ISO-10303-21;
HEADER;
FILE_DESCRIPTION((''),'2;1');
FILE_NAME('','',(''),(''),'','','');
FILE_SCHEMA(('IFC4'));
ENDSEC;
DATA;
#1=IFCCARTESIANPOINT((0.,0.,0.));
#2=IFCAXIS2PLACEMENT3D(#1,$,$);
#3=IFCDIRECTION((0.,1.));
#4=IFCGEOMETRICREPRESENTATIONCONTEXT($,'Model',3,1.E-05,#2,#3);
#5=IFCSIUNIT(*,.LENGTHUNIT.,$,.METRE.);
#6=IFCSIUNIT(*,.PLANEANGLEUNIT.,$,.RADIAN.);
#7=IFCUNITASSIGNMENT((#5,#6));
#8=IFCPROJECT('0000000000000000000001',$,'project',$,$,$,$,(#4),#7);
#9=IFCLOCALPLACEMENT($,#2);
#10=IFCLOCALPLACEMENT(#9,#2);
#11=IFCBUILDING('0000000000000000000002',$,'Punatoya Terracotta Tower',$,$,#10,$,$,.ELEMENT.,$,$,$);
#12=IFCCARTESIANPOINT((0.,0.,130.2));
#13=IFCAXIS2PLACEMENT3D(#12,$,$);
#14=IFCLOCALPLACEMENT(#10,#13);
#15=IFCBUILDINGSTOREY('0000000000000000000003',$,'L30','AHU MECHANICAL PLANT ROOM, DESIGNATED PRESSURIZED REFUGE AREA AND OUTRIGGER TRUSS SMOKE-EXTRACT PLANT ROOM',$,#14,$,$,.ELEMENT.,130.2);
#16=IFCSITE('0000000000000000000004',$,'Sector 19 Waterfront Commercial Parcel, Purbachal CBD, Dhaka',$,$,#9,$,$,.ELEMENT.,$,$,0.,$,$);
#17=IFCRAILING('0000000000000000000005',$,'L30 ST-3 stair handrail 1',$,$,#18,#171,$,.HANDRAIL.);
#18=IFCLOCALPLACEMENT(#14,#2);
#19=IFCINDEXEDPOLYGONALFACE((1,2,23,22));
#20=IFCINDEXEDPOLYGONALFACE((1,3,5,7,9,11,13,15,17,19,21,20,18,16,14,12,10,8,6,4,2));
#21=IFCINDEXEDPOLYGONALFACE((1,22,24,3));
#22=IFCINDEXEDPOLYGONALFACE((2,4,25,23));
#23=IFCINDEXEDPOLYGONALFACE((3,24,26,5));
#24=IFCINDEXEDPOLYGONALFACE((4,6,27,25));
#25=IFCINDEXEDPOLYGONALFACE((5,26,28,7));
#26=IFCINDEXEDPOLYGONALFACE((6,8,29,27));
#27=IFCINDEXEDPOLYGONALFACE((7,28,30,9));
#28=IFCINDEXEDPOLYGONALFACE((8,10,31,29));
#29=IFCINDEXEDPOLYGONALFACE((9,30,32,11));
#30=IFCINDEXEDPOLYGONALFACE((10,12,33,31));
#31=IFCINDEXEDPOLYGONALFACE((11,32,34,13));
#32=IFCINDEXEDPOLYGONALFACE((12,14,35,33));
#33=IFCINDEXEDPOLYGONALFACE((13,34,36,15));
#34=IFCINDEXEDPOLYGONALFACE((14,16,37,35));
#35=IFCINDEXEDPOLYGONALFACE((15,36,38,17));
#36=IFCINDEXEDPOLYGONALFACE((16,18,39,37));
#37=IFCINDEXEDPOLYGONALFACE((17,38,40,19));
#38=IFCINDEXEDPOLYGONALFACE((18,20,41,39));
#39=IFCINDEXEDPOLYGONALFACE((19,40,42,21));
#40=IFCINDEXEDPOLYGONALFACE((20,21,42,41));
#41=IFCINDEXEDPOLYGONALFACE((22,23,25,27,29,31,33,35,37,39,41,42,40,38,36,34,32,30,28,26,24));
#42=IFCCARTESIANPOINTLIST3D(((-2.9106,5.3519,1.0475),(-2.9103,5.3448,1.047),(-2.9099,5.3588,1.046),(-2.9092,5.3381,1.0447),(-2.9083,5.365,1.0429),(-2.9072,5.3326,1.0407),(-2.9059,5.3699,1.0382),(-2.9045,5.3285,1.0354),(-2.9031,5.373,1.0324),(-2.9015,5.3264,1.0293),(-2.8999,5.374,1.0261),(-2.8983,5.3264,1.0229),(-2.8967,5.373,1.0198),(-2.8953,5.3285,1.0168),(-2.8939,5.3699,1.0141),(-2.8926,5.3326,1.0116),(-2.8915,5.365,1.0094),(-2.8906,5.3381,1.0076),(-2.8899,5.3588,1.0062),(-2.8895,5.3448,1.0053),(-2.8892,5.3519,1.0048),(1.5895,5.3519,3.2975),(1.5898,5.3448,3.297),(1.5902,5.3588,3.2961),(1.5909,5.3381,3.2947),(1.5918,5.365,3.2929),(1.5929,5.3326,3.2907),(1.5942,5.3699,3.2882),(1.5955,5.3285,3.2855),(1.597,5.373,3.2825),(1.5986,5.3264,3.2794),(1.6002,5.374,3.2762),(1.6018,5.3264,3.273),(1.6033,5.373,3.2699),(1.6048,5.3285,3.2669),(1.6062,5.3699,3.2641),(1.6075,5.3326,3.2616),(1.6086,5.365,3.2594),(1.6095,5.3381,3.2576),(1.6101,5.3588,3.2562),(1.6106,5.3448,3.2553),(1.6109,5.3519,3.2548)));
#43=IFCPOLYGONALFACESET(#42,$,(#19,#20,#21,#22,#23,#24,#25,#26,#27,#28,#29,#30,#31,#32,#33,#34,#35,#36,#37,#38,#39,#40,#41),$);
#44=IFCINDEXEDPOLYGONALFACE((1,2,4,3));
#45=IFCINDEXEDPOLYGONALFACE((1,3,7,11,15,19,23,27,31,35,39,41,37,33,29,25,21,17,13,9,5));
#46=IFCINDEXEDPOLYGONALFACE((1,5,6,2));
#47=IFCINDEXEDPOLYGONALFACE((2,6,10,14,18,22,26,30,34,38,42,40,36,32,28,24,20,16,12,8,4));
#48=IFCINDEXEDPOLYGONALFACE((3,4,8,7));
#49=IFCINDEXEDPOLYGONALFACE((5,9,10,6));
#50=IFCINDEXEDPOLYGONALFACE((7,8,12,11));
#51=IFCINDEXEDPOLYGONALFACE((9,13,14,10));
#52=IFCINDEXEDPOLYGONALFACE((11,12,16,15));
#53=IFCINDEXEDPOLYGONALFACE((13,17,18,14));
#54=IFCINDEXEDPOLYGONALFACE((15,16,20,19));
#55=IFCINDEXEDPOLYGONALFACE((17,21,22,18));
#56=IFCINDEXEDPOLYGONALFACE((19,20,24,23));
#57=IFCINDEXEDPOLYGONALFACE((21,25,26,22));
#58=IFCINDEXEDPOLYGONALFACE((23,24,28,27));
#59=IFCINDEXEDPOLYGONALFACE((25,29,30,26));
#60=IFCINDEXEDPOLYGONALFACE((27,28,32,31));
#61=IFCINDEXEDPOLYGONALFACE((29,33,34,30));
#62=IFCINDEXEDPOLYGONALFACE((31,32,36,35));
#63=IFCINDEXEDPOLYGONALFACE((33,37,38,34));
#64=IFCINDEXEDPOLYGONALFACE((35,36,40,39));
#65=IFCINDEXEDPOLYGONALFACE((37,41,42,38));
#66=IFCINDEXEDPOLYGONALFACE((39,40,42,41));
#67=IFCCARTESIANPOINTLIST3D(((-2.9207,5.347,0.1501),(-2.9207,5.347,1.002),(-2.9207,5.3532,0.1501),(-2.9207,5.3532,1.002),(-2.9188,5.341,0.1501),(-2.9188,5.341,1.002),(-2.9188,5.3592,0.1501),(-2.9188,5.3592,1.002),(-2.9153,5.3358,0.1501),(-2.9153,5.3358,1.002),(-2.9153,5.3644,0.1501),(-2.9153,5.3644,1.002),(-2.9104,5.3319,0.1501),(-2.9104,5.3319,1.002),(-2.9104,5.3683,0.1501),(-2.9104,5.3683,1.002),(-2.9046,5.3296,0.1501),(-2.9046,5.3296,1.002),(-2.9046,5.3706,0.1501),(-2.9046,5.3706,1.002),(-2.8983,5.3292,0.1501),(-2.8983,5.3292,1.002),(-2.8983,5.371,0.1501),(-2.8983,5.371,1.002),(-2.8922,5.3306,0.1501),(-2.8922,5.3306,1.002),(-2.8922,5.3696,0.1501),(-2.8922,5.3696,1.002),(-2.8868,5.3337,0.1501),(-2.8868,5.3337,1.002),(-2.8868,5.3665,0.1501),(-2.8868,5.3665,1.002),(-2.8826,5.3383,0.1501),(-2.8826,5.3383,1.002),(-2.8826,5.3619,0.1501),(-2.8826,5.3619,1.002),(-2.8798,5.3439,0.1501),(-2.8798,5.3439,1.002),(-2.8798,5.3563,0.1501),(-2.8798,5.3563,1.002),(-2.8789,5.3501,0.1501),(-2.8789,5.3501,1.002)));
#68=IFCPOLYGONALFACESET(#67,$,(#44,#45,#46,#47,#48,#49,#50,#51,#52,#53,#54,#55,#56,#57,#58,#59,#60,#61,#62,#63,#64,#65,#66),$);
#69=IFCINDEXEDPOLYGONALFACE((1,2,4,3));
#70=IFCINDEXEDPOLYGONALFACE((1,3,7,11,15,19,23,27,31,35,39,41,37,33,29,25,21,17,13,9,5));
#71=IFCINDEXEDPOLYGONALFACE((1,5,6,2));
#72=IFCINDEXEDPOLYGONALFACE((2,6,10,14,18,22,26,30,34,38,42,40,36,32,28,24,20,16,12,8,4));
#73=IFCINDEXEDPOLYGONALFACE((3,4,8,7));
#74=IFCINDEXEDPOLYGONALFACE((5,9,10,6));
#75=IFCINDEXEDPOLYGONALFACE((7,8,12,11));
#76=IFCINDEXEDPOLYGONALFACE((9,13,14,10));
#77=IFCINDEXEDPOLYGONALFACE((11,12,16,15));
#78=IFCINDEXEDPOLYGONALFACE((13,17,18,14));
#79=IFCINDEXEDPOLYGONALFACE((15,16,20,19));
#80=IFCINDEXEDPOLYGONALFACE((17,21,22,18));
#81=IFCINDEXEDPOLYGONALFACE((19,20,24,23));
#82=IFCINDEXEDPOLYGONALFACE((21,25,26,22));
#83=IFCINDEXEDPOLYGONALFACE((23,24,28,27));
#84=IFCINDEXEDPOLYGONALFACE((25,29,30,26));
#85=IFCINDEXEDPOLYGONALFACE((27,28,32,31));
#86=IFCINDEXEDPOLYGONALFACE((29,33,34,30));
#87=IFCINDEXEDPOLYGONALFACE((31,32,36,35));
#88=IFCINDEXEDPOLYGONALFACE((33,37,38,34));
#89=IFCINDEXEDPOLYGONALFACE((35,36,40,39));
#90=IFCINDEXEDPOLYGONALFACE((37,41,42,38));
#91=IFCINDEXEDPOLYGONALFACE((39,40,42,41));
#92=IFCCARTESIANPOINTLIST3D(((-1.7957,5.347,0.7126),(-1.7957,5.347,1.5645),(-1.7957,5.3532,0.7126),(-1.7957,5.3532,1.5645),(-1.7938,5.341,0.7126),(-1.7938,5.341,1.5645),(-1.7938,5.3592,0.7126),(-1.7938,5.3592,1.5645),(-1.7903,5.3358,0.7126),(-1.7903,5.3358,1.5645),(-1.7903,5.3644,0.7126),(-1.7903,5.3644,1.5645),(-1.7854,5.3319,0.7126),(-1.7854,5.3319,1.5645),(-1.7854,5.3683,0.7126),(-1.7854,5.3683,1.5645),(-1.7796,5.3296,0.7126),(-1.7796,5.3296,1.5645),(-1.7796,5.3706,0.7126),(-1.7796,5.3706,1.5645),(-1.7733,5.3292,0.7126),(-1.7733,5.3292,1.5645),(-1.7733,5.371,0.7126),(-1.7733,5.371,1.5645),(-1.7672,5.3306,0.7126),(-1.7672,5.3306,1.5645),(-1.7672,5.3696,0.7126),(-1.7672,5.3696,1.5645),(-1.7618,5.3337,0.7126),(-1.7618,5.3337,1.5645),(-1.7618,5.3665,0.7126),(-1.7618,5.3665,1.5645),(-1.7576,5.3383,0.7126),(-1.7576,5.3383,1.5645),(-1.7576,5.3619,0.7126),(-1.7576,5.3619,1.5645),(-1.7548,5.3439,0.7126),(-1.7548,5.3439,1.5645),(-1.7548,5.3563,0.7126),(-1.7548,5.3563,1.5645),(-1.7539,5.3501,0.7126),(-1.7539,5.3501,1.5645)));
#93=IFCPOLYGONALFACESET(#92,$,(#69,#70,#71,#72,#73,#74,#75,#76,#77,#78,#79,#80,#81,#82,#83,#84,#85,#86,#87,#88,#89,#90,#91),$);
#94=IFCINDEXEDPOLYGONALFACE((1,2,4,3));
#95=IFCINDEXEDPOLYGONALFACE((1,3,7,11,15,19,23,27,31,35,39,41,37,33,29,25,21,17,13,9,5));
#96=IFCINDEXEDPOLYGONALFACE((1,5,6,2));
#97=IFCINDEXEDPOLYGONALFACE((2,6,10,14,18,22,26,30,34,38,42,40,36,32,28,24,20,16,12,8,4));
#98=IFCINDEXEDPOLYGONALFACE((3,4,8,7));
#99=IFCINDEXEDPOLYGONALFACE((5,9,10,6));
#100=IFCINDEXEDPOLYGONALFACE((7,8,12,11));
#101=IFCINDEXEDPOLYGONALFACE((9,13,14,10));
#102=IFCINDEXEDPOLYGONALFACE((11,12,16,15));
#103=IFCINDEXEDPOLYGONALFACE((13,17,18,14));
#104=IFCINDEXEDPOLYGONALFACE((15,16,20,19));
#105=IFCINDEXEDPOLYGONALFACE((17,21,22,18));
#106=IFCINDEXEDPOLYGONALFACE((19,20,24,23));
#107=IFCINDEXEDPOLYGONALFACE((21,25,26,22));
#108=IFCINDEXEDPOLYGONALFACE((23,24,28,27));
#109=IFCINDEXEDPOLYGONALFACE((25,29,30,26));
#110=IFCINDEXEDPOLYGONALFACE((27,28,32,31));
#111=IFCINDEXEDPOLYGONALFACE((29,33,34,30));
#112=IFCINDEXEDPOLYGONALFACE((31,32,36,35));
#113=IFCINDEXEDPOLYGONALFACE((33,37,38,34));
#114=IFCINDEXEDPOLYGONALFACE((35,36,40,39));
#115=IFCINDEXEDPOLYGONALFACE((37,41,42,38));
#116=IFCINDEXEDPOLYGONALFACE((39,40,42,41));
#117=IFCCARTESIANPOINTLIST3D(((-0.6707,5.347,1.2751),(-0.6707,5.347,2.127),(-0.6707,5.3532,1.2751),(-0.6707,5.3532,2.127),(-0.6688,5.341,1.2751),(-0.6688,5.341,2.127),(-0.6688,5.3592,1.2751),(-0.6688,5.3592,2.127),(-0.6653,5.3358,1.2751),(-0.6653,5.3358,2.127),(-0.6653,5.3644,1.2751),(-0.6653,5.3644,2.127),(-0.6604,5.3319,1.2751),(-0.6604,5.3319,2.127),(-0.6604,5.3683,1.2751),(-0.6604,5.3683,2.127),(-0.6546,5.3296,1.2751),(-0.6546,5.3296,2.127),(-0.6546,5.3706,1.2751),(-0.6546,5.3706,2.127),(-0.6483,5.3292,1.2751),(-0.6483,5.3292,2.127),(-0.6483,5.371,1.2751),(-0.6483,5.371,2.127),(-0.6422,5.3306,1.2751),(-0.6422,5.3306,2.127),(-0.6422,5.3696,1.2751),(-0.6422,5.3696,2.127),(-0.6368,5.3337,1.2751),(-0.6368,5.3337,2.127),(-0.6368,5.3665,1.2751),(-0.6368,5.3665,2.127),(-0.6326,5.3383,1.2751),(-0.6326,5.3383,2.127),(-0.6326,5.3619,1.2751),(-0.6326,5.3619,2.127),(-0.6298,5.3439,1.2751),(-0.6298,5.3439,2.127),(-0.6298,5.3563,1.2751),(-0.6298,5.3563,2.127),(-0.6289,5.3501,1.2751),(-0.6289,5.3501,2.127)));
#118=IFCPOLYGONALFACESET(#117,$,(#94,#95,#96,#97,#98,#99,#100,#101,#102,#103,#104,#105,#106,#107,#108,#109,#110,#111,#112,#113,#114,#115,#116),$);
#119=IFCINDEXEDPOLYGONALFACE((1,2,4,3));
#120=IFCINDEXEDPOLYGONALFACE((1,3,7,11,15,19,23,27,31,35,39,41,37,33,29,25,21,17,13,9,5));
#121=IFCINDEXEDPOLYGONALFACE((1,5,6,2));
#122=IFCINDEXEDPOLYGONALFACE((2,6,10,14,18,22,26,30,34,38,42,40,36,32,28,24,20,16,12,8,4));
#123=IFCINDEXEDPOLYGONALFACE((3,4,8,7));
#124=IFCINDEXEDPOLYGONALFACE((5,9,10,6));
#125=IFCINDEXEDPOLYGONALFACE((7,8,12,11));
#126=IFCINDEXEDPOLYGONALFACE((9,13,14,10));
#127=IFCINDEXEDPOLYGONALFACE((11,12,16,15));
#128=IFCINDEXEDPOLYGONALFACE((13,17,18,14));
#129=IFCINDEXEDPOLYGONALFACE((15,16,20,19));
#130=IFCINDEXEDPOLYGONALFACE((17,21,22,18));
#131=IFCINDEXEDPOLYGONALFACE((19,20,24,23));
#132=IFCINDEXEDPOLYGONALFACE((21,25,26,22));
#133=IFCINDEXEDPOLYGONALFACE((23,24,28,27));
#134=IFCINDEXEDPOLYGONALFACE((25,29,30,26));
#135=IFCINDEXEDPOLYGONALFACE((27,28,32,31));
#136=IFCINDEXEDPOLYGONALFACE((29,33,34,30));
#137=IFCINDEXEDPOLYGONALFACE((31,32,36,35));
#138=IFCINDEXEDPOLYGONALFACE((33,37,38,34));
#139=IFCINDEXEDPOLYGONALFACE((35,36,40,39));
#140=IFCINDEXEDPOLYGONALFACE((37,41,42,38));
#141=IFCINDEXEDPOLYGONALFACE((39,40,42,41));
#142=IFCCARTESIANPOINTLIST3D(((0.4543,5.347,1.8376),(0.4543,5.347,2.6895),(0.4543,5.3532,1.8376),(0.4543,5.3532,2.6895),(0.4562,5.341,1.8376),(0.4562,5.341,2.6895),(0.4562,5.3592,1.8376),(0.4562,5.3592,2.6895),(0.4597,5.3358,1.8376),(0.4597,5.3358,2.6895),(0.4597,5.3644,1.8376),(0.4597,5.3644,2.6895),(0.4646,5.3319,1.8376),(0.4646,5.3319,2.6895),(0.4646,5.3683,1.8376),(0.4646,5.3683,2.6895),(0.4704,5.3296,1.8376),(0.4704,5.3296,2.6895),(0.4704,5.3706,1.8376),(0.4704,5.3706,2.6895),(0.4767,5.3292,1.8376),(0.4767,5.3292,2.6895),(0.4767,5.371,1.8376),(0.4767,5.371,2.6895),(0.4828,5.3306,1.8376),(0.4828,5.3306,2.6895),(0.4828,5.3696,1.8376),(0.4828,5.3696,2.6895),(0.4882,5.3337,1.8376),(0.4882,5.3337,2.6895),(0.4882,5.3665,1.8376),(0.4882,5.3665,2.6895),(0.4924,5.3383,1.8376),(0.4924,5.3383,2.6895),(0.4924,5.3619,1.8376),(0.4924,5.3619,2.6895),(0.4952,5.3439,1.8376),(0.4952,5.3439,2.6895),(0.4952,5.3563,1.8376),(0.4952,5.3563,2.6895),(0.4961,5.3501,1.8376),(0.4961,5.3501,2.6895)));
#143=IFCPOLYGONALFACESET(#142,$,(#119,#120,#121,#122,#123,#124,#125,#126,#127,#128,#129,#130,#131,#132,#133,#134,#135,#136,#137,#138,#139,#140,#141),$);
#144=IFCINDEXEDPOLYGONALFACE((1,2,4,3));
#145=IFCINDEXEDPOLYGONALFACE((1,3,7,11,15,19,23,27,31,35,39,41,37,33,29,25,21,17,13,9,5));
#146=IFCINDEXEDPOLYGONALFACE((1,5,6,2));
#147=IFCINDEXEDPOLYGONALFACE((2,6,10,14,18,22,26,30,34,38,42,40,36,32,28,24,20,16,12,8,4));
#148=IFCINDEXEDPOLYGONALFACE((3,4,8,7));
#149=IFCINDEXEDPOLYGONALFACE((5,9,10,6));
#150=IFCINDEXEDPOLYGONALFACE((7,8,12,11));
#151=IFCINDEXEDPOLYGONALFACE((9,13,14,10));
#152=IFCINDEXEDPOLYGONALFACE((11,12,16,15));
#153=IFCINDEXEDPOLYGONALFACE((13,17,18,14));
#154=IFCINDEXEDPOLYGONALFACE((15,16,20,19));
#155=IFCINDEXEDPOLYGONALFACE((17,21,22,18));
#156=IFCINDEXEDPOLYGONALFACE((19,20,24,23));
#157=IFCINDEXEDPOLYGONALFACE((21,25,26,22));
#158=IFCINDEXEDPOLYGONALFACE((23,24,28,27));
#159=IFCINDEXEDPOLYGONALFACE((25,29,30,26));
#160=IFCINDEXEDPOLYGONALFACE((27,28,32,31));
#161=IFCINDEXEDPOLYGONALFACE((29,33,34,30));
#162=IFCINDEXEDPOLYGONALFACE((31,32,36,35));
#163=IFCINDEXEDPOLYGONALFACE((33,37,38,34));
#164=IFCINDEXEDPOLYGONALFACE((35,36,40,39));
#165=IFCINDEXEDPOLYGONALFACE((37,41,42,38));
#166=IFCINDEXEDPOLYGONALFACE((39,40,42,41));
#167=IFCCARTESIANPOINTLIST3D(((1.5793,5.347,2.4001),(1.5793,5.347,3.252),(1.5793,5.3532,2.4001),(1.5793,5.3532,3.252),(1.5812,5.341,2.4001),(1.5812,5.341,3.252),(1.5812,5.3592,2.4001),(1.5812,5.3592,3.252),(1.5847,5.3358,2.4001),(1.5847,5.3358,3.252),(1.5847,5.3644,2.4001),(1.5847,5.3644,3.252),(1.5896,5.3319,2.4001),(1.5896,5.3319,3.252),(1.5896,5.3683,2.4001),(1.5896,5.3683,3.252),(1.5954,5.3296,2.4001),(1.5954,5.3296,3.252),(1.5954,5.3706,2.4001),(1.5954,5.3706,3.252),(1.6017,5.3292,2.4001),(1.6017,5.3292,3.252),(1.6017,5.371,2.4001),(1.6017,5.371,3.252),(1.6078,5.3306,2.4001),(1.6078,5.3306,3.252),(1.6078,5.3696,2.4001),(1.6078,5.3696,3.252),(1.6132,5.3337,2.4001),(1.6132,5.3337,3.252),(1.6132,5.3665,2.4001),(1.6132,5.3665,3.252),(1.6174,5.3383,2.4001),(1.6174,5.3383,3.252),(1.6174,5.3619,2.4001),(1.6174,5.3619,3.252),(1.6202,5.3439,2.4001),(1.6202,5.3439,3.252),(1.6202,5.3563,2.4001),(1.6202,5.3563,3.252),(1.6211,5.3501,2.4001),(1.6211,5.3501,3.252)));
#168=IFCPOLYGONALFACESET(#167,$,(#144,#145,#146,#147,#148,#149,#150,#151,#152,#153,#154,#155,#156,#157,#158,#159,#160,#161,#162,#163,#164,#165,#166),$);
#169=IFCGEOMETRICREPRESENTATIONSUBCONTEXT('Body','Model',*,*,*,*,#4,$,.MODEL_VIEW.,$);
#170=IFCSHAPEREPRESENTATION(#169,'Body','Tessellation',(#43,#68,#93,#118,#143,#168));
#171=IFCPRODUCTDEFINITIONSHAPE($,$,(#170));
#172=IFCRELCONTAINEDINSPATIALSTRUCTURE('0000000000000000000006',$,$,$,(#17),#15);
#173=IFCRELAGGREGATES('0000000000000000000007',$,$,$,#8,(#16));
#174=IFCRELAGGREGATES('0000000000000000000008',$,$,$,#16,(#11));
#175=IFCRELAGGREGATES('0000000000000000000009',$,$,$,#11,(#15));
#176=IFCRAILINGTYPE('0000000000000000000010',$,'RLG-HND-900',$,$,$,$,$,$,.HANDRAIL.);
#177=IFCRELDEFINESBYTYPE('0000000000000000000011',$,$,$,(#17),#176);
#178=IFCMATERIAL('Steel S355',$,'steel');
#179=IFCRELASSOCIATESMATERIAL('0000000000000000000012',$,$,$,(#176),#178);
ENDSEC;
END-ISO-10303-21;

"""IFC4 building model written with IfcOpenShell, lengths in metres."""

from ifc_helpers import new_model, si_unit, direction, frame, origin, origin_2d, place, context, subcontext, project, spatial, circle, extrude, material, type_object, element, save


model = new_model("IFC4")

# Units and contexts
model_context = context("Model", 3, precision=1e-05, world=origin(), true_north=direction((0.0, 1.0)))
body_context = subcontext(model_context, "Body", "Model", "MODEL_VIEW")
ifc_project = project(units=[si_unit("LENGTHUNIT", "METRE"), si_unit("PLANEANGLEUNIT", "RADIAN")], contexts=[model_context])

# Site, building, storey
site_placement = place(None, origin())
site = spatial("IfcSite", under=ifc_project, at=site_placement, Name="Sector 19 Waterfront Commercial Parcel, Purbachal CBD, Dhaka", CompositionType="ELEMENT", RefElevation=0.0)
building_placement = place(site_placement, origin())
building = spatial("IfcBuilding", under=site, at=building_placement, Name="Punatoya Terracotta Tower", CompositionType="ELEMENT")
storey_placement = place(building_placement, frame((0.0, 0.0, 130.2)))
storey = spatial("IfcBuildingStorey", under=building, at=storey_placement, Name="L30", Description="AHU MECHANICAL PLANT ROOM, DESIGNATED PRESSURIZED REFUGE AREA AND OUTRIGGER TRUSS SMOKE-EXTRACT PLANT ROOM", CompositionType="ELEMENT", Elevation=130.2)

# Shared definitions
ifc_material_1 = material(Name="Steel S355", Category="steel")

# Railing
railing_type_1 = type_object("IfcRailingType", Name="RLG-HND-900", PredefinedType="HANDRAIL", material=ifc_material_1)
railing_1_placement = place(storey_placement, frame((-2.8999, 5.3501, 0.1501)))
element("IfcRailing", 1, at=railing_1_placement, inside=storey, type_object=railing_type_1, Name="L30 ST-3 stair handrail 1", PredefinedType="HANDRAIL", context=body_context, shape_type="SweptSolid", body=[
    extrude(circle(Radius=0.0239, at=origin_2d()), frame((0.0, 0.0, 0.876), z_axis=(0.894427, 0.0, 0.447214), x_axis=(0.0, 1.0, 0.0)), (0.0, 0.0, 1.0), 5.0312),
    extrude(circle(Radius=0.021, at=origin_2d()), origin(), (0.0, 0.0, 1.0), 0.8518),
    extrude(circle(Radius=0.021, at=origin_2d()), frame((1.125, 0.0, 0.5625)), (0.0, 0.0, 1.0), 0.8518),
    extrude(circle(Radius=0.021, at=origin_2d()), frame((2.25, 0.0, 1.125)), (0.0, 0.0, 1.0), 0.8518),
    extrude(circle(Radius=0.021, at=origin_2d()), frame((3.375, 0.0, 1.6875)), (0.0, 0.0, 1.0), 0.8518),
    extrude(circle(Radius=0.021, at=origin_2d()), frame((4.5, 0.0, 2.25)), (0.0, 0.0, 1.0), 0.8518),
])

save(model, "model.ifc")
